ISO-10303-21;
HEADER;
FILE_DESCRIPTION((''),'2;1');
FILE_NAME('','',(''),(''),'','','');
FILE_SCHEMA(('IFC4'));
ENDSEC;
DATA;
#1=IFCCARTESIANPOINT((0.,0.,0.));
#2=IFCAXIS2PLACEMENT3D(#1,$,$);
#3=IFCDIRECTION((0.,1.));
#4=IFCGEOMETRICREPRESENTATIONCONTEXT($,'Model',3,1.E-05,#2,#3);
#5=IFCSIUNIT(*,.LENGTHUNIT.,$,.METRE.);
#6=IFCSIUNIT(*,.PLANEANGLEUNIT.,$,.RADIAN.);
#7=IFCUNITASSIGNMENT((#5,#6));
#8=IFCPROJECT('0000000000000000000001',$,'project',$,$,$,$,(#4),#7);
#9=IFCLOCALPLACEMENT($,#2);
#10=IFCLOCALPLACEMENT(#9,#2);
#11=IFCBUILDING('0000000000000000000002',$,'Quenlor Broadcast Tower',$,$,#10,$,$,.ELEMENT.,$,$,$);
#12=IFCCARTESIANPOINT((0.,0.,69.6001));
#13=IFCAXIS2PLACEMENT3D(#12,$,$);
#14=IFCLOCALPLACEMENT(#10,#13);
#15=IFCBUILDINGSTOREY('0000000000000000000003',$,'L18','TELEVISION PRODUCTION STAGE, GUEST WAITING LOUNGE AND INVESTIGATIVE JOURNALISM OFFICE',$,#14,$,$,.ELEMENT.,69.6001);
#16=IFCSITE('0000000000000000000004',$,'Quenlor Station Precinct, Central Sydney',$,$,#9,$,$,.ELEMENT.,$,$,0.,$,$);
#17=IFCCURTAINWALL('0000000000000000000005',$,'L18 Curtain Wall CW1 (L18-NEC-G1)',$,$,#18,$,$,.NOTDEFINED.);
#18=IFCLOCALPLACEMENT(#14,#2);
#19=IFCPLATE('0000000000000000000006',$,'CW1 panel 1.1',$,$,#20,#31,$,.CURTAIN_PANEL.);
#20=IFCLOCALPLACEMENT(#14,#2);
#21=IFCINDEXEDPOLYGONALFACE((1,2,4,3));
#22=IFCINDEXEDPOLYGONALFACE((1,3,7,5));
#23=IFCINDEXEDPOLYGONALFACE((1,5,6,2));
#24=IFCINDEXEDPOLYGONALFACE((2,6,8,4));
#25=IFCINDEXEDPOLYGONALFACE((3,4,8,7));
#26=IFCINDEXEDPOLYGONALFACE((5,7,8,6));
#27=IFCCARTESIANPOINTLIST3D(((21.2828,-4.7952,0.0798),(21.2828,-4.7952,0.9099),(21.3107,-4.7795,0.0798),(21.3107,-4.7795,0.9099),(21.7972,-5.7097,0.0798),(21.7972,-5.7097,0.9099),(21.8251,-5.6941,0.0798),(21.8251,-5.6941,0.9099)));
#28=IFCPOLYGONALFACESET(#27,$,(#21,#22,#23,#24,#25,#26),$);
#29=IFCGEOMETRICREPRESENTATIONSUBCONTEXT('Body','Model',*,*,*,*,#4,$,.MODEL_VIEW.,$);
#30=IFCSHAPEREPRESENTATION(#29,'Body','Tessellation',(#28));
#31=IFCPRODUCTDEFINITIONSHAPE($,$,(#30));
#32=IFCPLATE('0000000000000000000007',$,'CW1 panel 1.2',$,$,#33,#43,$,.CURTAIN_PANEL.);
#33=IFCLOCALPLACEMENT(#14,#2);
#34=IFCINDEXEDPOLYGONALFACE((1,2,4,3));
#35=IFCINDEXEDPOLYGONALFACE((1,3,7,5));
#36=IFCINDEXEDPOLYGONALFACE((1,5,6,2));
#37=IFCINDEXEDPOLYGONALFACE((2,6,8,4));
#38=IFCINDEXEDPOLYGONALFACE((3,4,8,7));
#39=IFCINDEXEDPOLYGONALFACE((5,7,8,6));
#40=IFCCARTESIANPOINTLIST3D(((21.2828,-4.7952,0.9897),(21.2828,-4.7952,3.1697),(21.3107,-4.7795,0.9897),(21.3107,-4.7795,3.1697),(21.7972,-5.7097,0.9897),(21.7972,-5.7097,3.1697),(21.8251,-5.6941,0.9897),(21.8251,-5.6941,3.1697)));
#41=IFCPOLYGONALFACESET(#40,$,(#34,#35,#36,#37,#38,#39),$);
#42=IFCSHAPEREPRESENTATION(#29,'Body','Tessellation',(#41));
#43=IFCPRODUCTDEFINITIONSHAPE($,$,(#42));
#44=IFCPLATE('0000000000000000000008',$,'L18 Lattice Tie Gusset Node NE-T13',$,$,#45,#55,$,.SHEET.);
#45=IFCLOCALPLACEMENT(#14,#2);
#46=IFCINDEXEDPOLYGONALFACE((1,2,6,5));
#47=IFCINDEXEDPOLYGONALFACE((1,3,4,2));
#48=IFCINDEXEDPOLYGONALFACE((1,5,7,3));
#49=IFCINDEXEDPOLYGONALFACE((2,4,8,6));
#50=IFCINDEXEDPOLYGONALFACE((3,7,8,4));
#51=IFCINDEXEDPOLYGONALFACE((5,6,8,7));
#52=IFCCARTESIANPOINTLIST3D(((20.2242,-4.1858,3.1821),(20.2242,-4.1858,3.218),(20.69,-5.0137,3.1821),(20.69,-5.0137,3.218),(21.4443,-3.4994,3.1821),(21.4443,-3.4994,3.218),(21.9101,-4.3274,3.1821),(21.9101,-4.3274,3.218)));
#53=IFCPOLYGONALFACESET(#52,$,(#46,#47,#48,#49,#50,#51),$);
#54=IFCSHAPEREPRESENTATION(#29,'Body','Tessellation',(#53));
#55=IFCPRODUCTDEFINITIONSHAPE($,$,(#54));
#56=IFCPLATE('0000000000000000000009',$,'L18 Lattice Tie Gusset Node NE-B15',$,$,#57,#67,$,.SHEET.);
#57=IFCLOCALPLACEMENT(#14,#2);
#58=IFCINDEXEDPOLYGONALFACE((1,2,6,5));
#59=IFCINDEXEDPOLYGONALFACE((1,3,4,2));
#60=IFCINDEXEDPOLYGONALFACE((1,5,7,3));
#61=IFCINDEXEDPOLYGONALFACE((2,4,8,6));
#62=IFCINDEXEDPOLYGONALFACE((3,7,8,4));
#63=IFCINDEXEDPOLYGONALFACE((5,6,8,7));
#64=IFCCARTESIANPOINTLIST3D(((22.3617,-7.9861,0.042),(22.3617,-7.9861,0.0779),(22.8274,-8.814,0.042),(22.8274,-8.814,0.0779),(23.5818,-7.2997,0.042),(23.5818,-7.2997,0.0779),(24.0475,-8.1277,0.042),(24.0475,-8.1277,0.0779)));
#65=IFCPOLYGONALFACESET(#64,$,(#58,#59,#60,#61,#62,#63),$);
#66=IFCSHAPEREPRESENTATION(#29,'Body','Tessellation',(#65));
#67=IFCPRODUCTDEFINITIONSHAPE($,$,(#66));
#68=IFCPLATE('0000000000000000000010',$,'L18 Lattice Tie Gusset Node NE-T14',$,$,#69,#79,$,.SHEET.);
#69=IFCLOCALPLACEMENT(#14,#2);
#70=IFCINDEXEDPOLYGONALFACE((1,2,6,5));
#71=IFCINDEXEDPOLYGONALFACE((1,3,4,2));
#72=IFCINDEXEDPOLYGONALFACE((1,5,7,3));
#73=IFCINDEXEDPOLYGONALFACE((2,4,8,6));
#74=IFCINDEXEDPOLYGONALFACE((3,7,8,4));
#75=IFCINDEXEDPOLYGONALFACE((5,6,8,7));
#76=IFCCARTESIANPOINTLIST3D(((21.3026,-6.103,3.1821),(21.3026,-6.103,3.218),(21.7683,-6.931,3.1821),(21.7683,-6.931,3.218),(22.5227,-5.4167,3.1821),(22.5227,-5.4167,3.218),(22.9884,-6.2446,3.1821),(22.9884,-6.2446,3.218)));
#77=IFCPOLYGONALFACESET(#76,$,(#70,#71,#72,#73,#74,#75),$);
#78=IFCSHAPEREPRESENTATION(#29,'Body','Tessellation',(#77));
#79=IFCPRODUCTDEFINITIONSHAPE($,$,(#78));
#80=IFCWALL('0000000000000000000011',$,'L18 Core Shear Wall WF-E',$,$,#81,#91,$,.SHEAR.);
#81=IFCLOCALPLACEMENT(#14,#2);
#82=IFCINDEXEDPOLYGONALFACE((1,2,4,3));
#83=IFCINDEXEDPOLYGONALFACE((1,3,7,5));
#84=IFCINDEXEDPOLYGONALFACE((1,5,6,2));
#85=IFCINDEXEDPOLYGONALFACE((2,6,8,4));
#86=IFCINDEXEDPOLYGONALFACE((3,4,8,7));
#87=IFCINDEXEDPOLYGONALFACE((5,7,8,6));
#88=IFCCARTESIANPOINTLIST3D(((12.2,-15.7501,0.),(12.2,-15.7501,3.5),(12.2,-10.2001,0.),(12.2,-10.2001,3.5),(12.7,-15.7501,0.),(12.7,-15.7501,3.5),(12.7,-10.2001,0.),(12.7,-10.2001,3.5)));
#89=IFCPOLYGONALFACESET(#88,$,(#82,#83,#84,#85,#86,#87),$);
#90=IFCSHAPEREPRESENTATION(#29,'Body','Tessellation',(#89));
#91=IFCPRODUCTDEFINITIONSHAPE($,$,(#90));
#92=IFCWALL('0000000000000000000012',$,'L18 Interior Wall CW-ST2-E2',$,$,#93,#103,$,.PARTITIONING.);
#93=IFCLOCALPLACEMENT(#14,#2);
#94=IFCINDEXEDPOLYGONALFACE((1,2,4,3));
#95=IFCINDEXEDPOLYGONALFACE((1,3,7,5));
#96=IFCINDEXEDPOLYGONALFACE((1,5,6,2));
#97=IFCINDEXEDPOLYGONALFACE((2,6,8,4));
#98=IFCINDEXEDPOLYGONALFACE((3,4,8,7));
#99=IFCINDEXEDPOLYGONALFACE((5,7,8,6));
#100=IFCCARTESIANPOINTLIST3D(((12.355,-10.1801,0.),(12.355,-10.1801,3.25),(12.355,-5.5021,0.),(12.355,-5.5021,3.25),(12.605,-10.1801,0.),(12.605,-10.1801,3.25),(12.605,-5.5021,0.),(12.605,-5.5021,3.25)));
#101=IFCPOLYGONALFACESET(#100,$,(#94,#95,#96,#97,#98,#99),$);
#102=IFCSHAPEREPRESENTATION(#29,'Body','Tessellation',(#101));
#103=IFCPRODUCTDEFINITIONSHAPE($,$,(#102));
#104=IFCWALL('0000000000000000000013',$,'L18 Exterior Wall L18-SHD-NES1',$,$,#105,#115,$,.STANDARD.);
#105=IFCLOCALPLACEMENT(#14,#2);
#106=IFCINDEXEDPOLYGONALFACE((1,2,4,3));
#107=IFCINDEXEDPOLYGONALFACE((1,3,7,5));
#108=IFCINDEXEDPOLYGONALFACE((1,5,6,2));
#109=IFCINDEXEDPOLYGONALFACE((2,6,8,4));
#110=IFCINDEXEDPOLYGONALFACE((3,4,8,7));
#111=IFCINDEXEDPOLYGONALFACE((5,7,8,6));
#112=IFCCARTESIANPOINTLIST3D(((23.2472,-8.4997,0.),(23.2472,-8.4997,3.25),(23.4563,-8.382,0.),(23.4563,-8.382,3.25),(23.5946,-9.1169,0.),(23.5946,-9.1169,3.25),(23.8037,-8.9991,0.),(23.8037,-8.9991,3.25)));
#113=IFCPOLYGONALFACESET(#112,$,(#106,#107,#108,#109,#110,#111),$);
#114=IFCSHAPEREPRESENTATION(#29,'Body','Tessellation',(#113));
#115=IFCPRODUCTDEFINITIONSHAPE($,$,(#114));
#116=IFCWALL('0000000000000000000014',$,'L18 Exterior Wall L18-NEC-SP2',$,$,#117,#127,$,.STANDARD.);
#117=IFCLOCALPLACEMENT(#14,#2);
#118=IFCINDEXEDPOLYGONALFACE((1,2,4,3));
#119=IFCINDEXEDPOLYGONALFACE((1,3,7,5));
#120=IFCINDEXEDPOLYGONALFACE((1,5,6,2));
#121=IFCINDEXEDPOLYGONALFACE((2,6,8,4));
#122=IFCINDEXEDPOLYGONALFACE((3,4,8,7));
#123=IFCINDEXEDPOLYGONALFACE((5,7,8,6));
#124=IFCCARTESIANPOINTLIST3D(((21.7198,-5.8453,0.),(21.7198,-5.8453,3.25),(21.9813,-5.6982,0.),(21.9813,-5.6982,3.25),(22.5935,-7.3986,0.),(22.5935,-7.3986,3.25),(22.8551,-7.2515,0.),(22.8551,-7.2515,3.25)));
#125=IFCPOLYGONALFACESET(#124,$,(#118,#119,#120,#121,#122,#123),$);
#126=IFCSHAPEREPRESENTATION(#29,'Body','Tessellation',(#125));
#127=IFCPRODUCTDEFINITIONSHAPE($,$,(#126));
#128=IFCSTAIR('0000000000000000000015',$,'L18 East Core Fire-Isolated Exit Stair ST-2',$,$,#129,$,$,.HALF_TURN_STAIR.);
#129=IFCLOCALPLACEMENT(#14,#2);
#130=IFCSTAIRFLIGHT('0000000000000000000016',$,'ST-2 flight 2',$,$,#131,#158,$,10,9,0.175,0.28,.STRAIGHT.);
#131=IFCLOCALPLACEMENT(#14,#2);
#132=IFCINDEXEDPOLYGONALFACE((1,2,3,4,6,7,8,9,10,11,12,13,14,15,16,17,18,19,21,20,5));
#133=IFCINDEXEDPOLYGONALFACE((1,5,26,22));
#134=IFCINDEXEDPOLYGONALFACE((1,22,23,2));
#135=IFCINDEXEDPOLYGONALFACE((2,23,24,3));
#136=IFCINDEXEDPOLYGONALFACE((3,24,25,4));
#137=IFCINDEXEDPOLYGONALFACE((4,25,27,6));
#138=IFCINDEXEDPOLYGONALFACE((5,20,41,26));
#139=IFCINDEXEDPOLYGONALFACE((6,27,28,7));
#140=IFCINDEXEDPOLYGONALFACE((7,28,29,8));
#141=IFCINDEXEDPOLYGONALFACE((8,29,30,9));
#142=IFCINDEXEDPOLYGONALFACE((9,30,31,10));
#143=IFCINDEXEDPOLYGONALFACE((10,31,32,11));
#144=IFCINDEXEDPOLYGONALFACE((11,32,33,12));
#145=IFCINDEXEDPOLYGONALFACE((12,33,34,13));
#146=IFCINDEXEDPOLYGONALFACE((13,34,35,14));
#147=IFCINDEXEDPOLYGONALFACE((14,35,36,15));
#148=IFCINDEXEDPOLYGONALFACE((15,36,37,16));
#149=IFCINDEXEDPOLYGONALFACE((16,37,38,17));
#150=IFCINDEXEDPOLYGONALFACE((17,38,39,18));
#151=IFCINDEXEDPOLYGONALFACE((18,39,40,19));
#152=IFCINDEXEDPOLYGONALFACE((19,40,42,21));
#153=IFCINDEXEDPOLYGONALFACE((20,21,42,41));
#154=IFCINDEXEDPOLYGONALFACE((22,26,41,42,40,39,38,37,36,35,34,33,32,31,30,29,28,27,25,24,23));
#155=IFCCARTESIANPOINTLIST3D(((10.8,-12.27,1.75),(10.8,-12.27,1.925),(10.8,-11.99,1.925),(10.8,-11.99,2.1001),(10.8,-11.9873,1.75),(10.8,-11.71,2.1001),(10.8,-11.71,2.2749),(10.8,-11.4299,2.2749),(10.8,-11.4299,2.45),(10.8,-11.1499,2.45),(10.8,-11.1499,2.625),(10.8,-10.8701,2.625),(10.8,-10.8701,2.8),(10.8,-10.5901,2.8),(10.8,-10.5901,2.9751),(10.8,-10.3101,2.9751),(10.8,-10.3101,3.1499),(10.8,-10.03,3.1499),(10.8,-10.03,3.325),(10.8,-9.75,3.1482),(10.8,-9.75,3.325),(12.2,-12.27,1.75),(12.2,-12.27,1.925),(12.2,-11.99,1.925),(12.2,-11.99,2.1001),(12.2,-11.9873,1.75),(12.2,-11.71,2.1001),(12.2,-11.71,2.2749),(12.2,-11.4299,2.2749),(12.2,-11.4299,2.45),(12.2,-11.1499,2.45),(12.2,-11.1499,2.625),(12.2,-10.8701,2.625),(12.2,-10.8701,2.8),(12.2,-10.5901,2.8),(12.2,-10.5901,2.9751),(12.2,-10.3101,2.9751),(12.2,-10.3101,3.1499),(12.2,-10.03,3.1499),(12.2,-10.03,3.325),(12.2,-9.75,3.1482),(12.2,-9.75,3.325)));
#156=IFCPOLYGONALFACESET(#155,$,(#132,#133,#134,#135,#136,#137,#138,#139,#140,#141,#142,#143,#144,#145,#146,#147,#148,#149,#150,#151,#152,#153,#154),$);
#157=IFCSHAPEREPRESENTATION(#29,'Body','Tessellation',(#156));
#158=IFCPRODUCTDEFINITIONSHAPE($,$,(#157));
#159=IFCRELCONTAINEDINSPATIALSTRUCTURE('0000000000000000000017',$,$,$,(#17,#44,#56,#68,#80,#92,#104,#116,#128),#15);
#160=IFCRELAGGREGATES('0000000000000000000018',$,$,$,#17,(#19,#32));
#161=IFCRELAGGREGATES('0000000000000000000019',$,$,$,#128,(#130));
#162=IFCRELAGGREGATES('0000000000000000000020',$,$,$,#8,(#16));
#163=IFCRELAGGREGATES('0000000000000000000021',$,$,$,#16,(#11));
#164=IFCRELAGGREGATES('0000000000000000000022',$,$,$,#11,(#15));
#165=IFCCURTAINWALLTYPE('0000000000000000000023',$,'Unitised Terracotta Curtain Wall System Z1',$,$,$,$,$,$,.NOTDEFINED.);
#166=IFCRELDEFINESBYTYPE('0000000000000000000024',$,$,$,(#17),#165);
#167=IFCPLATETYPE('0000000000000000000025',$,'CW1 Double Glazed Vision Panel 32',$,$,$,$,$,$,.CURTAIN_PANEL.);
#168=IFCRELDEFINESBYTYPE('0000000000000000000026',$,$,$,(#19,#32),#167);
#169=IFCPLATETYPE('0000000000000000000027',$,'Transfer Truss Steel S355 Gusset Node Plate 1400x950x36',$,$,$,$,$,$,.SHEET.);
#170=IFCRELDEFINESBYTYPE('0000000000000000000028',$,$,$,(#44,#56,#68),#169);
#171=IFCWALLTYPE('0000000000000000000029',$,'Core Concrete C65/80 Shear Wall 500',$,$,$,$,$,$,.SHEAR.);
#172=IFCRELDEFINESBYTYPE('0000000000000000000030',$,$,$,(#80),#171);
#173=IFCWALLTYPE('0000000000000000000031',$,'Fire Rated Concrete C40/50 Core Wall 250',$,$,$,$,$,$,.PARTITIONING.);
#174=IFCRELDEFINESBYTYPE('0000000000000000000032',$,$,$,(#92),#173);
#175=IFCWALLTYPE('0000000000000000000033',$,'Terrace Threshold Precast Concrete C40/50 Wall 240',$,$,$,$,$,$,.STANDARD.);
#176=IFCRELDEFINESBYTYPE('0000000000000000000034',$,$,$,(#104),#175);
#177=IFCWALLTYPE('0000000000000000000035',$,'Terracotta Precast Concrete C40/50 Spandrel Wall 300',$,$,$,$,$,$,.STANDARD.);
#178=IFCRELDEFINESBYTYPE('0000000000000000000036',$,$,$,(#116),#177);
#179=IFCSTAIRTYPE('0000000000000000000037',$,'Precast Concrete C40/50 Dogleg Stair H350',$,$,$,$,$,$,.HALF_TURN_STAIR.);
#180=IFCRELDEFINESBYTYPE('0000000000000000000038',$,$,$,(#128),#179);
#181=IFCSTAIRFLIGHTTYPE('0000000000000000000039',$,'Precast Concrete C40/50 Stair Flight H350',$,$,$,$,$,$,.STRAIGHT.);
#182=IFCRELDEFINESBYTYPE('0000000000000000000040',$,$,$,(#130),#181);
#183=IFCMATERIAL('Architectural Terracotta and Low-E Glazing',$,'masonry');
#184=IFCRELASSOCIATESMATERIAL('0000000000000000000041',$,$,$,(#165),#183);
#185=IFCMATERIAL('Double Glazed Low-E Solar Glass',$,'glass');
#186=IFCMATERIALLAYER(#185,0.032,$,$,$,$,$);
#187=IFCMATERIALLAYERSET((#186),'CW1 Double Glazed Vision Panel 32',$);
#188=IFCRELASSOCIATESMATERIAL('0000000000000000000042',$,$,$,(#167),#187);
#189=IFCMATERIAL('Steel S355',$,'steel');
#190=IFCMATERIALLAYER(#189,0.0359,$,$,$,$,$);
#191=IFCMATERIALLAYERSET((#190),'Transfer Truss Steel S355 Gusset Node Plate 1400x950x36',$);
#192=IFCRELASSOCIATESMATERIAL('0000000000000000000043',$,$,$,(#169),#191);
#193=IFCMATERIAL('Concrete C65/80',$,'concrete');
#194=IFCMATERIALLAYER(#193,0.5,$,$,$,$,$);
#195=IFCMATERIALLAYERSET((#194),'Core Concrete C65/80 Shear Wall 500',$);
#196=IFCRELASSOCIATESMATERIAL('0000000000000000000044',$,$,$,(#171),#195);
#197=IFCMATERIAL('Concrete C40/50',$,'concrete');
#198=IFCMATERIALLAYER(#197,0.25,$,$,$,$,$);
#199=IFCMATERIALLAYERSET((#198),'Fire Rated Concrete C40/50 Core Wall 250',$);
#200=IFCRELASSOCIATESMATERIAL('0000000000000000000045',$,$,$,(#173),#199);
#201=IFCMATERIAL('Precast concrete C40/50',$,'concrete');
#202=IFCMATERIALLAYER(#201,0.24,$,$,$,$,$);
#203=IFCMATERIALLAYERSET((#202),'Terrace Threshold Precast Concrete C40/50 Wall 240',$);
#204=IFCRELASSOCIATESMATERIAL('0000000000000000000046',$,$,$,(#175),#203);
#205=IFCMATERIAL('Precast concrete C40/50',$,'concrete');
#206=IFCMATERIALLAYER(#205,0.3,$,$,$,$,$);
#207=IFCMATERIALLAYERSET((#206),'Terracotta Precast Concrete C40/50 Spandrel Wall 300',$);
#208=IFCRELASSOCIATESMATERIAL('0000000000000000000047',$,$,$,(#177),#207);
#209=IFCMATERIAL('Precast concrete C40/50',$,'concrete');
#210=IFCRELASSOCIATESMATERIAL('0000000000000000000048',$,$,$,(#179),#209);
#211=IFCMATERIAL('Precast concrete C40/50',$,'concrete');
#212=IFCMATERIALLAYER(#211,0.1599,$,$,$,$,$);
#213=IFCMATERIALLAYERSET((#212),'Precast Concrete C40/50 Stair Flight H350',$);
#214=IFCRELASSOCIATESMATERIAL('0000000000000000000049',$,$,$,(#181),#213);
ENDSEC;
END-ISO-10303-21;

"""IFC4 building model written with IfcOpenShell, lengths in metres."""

from ifc_helpers import new_model, si_unit, direction, frame, frame_2d, origin, origin_2d, place, context, subcontext, project, spatial, polyline, rectangle, outline, extrude, material, layer, layer_set, type_object, element, aggregate, save


model = new_model("IFC4")

# Units and contexts
model_context = context("Model", 3, precision=1e-05, world=origin(), true_north=direction((0.0, 1.0)))
body_context = subcontext(model_context, "Body", "Model", "MODEL_VIEW")
ifc_project = project(units=[si_unit("LENGTHUNIT", "METRE"), si_unit("PLANEANGLEUNIT", "RADIAN")], contexts=[model_context])

# Site, building, storey
site_placement = place(None, origin())
site = spatial("IfcSite", under=ifc_project, at=site_placement, Name="Quenlor Station Precinct, Central Sydney", CompositionType="ELEMENT", RefElevation=0.0)
building_placement = place(site_placement, origin())
building = spatial("IfcBuilding", under=site, at=building_placement, Name="Quenlor Broadcast Tower", CompositionType="ELEMENT")
storey_placement = place(building_placement, frame((0.0, 0.0, 69.6001)))
storey = spatial("IfcBuildingStorey", under=building, at=storey_placement, Name="L18", Description="TELEVISION PRODUCTION STAGE, GUEST WAITING LOUNGE AND INVESTIGATIVE JOURNALISM OFFICE", CompositionType="ELEMENT", Elevation=69.6001)

# Curtain wall
ifc_material_1 = material(Name="Architectural Terracotta and Low-E Glazing", Category="masonry")
curtain_wall_type = type_object("IfcCurtainWallType", Name="Unitised Terracotta Curtain Wall System Z1", PredefinedType="NOTDEFINED", material=ifc_material_1)
curtain_wall_placement = place(storey_placement, origin())
curtain_wall = element("IfcCurtainWall", 1, at=curtain_wall_placement, inside=storey, type_object=curtain_wall_type, Name="L18 Curtain Wall CW1 (L18-NEC-G1)", PredefinedType="NOTDEFINED")

# Plates
ifc_material_2 = material(Name="Double Glazed Low-E Solar Glass", Category="glass")
ifc_layer_1 = layer(ifc_material_2, 0.032)
ifc_layer_set_1 = layer_set([ifc_layer_1], Name="CW1 Double Glazed Vision Panel 32")
plate_type_1 = type_object("IfcPlateType", Name="CW1 Double Glazed Vision Panel 32", PredefinedType="CURTAIN_PANEL", material=ifc_layer_set_1)
plate_1_placement = place(storey_placement, frame((21.554, -5.2446, 0.0798), z_axis=(0.0, 0.0, 1.0), x_axis=(0.490277, -0.871567, 0.0)))
plate_1 = element("IfcPlate", 2, at=plate_1_placement, type_object=plate_type_1, Name="CW1 panel 1.1", PredefinedType="CURTAIN_PANEL", context=body_context, shape_type="SweptSolid", body=[
    extrude(rectangle(XDim=1.0493, YDim=0.032, at=origin_2d()), origin(), (0.0, 0.0, 1.0), 0.8301),
])
plate_2_placement = place(storey_placement, frame((21.554, -5.2446, 0.9897), z_axis=(0.0, 0.0, 1.0), x_axis=(0.490277, -0.871567, 0.0)))
plate_2 = element("IfcPlate", 3, at=plate_2_placement, type_object=plate_type_1, Name="CW1 panel 1.2", PredefinedType="CURTAIN_PANEL", context=body_context, shape_type="SweptSolid", body=[
    extrude(rectangle(XDim=1.0493, YDim=0.032, at=origin_2d()), origin(), (0.0, 0.0, 1.0), 2.1799),
])
aggregate(curtain_wall, [plate_1, plate_2])

# Plates
ifc_material_3 = material(Name="Steel S355", Category="steel")
ifc_layer_2 = layer(ifc_material_3, 0.0359)
ifc_layer_set_2 = layer_set([ifc_layer_2], Name="Transfer Truss Steel S355 Gusset Node Plate 1400x950x36")
plate_type_2 = type_object("IfcPlateType", Name="Transfer Truss Steel S355 Gusset Node Plate 1400x950x36", PredefinedType="SHEET", material=ifc_layer_set_2)
for number, where, z_axis, x_axis, name in (
    (4, (21.0671, -4.2566, 3.1821), (0.0, 0.0, 1.0), (0.871556, 0.490295, 0.0), "L18 Lattice Tie Gusset Node NE-T13"),
    (5, (23.2046, -8.0569, 0.042), (0.0, 0.0, 1.0), (0.871556, 0.490295, 0.0), "L18 Lattice Tie Gusset Node NE-B15"),
    (6, (22.1455, -6.1738, 3.1821), (0.0, 0.0, 1.0), (0.871556, 0.490295, 0.0), "L18 Lattice Tie Gusset Node NE-T14"),
):
    element("IfcPlate", number, at=place(storey_placement, frame(where, z_axis=z_axis, x_axis=x_axis)), inside=storey, type_object=plate_type_2, Name=name, PredefinedType="SHEET", context=body_context, shape_type="SweptSolid", body=[
        extrude(rectangle(XDim=1.3999, YDim=0.95, at=origin_2d()), origin(), (0.0, 0.0, 1.0), 0.0359),
    ])

# Walls
ifc_material_4 = material(Name="Concrete C65/80", Category="concrete")
ifc_layer_3 = layer(ifc_material_4, 0.5)
ifc_layer_set_3 = layer_set([ifc_layer_3], Name="Core Concrete C65/80 Shear Wall 500")
wall_type_1 = type_object("IfcWallType", Name="Core Concrete C65/80 Shear Wall 500", PredefinedType="SHEAR", material=ifc_layer_set_3)
wall_1_placement = place(storey_placement, frame((12.45, -15.75, 0.0), z_axis=(0.0, 0.0, 1.0), x_axis=(0.0, 1.0, 0.0)))
element("IfcWall", 7, at=wall_1_placement, inside=storey, type_object=wall_type_1, Name="L18 Core Shear Wall WF-E", PredefinedType="SHEAR", context=body_context, shape_type="SweptSolid", body=[
    extrude(rectangle(XDim=5.55, YDim=0.5, at=frame_2d((2.7749, 0.0))), origin(), (0.0, 0.0, 1.0), 3.5),
])
ifc_material_5 = material(Name="Concrete C40/50", Category="concrete")
ifc_layer_4 = layer(ifc_material_5, 0.25)
ifc_layer_set_4 = layer_set([ifc_layer_4], Name="Fire Rated Concrete C40/50 Core Wall 250")
wall_type_2 = type_object("IfcWallType", Name="Fire Rated Concrete C40/50 Core Wall 250", PredefinedType="PARTITIONING", material=ifc_layer_set_4)
wall_2_placement = place(storey_placement, frame((12.48, -10.1799, 0.0), z_axis=(0.0, 0.0, 1.0), x_axis=(0.0, 1.0, 0.0)))
element("IfcWall", 8, at=wall_2_placement, inside=storey, type_object=wall_type_2, Name="L18 Interior Wall CW-ST2-E2", PredefinedType="PARTITIONING", context=body_context, shape_type="SweptSolid", body=[
    extrude(rectangle(XDim=4.678, YDim=0.25, at=frame_2d((2.3389, 0.0))), origin(), (0.0, 0.0, 1.0), 3.25),
])
ifc_material_6 = material(Name="Precast concrete C40/50", Category="concrete")
ifc_layer_5 = layer(ifc_material_6, 0.24)
ifc_layer_set_5 = layer_set([ifc_layer_5], Name="Terrace Threshold Precast Concrete C40/50 Wall 240")
wall_type_3 = type_object("IfcWallType", Name="Terrace Threshold Precast Concrete C40/50 Wall 240", PredefinedType="STANDARD", material=ifc_layer_set_5)
wall_3_placement = place(storey_placement, frame((23.3518, -8.4409, 0.0), z_axis=(0.0, 0.0, 1.0), x_axis=(0.490523, -0.871428, 0.0)))
element("IfcWall", 9, at=wall_3_placement, inside=storey, type_object=wall_type_3, Name="L18 Exterior Wall L18-SHD-NES1", PredefinedType="STANDARD", context=body_context, shape_type="SweptSolid", body=[
    extrude(rectangle(XDim=0.7083, YDim=0.24, at=frame_2d((0.354, 0.0))), origin(), (0.0, 0.0, 1.0), 3.25),
])
ifc_material_7 = material(Name="Precast concrete C40/50", Category="concrete")
ifc_layer_6 = layer(ifc_material_7, 0.3)
ifc_layer_set_6 = layer_set([ifc_layer_6], Name="Terracotta Precast Concrete C40/50 Spandrel Wall 300")
wall_type_4 = type_object("IfcWallType", Name="Terracotta Precast Concrete C40/50 Spandrel Wall 300", PredefinedType="STANDARD", material=ifc_layer_set_6)
wall_4_placement = place(storey_placement, frame((21.8506, -5.7717, 0.0), z_axis=(0.0, 0.0, 1.0), x_axis=(0.490242, -0.871587, 0.0)))
element("IfcWall", 10, at=wall_4_placement, inside=storey, type_object=wall_type_4, Name="L18 Exterior Wall L18-NEC-SP2", PredefinedType="STANDARD", context=body_context, shape_type="SweptSolid", body=[
    extrude(rectangle(XDim=1.7822, YDim=0.3, at=frame_2d((0.8911, 0.0))), origin(), (0.0, 0.0, 1.0), 3.25),
])

# Stair, stair flight
ifc_material_8 = material(Name="Precast concrete C40/50", Category="concrete")
stair_type = type_object("IfcStairType", Name="Precast Concrete C40/50 Dogleg Stair H350", PredefinedType="HALF_TURN_STAIR", material=ifc_material_8)
stair_placement = place(storey_placement, origin())
stair = element("IfcStair", 11, at=stair_placement, inside=storey, type_object=stair_type, Name="L18 East Core Fire-Isolated Exit Stair ST-2", PredefinedType="HALF_TURN_STAIR")
ifc_material_9 = material(Name="Precast concrete C40/50", Category="concrete")
ifc_layer_7 = layer(ifc_material_9, 0.1599)
ifc_layer_set_7 = layer_set([ifc_layer_7], Name="Precast Concrete C40/50 Stair Flight H350")
stair_flight_type = type_object("IfcStairFlightType", Name="Precast Concrete C40/50 Stair Flight H350", PredefinedType="STRAIGHT", material=ifc_layer_set_7)
stair_flight_placement = place(storey_placement, frame((11.5, -12.27, 1.75), z_axis=(0.0, 0.0, 1.0), x_axis=(0.0, 1.0, 0.0)))
stair_flight = element("IfcStairFlight", 12, at=stair_flight_placement, type_object=stair_flight_type, Name="ST-2 flight 2", NumberOfRisers=10, NumberOfTreads=9, PredefinedType="STRAIGHT", RiserHeight=0.175, TreadLength=0.28, context=body_context, shape_type="SweptSolid", body=[
    extrude(outline(polyline([(0.0, 0.0), (0.0, 0.175), (0.28, 0.175), (0.28, 0.3501), (0.5601, 0.3501), (0.5601, 0.5249), (0.8401, 0.5249), (0.8401, 0.7), (1.1201, 0.7), (1.1201, 0.875), (1.3999, 0.875), (1.3999, 1.05), (1.6799, 1.05), (1.6799, 1.2251), (1.96, 1.2251), (1.96, 1.3999), (2.24, 1.3999), (2.24, 1.575), (2.52, 1.575), (2.52, 1.75), (2.52, 1.3982), (0.2827, 0.0), (0.0, 0.0)])), frame((0.0, 0.7, 0.0), z_axis=(0.0, -1.0, 0.0), x_axis=(1.0, 0.0, 0.0)), (0.0, 0.0, 1.0), 1.3999),
])
aggregate(stair, [stair_flight])

save(model, "model.ifc")
